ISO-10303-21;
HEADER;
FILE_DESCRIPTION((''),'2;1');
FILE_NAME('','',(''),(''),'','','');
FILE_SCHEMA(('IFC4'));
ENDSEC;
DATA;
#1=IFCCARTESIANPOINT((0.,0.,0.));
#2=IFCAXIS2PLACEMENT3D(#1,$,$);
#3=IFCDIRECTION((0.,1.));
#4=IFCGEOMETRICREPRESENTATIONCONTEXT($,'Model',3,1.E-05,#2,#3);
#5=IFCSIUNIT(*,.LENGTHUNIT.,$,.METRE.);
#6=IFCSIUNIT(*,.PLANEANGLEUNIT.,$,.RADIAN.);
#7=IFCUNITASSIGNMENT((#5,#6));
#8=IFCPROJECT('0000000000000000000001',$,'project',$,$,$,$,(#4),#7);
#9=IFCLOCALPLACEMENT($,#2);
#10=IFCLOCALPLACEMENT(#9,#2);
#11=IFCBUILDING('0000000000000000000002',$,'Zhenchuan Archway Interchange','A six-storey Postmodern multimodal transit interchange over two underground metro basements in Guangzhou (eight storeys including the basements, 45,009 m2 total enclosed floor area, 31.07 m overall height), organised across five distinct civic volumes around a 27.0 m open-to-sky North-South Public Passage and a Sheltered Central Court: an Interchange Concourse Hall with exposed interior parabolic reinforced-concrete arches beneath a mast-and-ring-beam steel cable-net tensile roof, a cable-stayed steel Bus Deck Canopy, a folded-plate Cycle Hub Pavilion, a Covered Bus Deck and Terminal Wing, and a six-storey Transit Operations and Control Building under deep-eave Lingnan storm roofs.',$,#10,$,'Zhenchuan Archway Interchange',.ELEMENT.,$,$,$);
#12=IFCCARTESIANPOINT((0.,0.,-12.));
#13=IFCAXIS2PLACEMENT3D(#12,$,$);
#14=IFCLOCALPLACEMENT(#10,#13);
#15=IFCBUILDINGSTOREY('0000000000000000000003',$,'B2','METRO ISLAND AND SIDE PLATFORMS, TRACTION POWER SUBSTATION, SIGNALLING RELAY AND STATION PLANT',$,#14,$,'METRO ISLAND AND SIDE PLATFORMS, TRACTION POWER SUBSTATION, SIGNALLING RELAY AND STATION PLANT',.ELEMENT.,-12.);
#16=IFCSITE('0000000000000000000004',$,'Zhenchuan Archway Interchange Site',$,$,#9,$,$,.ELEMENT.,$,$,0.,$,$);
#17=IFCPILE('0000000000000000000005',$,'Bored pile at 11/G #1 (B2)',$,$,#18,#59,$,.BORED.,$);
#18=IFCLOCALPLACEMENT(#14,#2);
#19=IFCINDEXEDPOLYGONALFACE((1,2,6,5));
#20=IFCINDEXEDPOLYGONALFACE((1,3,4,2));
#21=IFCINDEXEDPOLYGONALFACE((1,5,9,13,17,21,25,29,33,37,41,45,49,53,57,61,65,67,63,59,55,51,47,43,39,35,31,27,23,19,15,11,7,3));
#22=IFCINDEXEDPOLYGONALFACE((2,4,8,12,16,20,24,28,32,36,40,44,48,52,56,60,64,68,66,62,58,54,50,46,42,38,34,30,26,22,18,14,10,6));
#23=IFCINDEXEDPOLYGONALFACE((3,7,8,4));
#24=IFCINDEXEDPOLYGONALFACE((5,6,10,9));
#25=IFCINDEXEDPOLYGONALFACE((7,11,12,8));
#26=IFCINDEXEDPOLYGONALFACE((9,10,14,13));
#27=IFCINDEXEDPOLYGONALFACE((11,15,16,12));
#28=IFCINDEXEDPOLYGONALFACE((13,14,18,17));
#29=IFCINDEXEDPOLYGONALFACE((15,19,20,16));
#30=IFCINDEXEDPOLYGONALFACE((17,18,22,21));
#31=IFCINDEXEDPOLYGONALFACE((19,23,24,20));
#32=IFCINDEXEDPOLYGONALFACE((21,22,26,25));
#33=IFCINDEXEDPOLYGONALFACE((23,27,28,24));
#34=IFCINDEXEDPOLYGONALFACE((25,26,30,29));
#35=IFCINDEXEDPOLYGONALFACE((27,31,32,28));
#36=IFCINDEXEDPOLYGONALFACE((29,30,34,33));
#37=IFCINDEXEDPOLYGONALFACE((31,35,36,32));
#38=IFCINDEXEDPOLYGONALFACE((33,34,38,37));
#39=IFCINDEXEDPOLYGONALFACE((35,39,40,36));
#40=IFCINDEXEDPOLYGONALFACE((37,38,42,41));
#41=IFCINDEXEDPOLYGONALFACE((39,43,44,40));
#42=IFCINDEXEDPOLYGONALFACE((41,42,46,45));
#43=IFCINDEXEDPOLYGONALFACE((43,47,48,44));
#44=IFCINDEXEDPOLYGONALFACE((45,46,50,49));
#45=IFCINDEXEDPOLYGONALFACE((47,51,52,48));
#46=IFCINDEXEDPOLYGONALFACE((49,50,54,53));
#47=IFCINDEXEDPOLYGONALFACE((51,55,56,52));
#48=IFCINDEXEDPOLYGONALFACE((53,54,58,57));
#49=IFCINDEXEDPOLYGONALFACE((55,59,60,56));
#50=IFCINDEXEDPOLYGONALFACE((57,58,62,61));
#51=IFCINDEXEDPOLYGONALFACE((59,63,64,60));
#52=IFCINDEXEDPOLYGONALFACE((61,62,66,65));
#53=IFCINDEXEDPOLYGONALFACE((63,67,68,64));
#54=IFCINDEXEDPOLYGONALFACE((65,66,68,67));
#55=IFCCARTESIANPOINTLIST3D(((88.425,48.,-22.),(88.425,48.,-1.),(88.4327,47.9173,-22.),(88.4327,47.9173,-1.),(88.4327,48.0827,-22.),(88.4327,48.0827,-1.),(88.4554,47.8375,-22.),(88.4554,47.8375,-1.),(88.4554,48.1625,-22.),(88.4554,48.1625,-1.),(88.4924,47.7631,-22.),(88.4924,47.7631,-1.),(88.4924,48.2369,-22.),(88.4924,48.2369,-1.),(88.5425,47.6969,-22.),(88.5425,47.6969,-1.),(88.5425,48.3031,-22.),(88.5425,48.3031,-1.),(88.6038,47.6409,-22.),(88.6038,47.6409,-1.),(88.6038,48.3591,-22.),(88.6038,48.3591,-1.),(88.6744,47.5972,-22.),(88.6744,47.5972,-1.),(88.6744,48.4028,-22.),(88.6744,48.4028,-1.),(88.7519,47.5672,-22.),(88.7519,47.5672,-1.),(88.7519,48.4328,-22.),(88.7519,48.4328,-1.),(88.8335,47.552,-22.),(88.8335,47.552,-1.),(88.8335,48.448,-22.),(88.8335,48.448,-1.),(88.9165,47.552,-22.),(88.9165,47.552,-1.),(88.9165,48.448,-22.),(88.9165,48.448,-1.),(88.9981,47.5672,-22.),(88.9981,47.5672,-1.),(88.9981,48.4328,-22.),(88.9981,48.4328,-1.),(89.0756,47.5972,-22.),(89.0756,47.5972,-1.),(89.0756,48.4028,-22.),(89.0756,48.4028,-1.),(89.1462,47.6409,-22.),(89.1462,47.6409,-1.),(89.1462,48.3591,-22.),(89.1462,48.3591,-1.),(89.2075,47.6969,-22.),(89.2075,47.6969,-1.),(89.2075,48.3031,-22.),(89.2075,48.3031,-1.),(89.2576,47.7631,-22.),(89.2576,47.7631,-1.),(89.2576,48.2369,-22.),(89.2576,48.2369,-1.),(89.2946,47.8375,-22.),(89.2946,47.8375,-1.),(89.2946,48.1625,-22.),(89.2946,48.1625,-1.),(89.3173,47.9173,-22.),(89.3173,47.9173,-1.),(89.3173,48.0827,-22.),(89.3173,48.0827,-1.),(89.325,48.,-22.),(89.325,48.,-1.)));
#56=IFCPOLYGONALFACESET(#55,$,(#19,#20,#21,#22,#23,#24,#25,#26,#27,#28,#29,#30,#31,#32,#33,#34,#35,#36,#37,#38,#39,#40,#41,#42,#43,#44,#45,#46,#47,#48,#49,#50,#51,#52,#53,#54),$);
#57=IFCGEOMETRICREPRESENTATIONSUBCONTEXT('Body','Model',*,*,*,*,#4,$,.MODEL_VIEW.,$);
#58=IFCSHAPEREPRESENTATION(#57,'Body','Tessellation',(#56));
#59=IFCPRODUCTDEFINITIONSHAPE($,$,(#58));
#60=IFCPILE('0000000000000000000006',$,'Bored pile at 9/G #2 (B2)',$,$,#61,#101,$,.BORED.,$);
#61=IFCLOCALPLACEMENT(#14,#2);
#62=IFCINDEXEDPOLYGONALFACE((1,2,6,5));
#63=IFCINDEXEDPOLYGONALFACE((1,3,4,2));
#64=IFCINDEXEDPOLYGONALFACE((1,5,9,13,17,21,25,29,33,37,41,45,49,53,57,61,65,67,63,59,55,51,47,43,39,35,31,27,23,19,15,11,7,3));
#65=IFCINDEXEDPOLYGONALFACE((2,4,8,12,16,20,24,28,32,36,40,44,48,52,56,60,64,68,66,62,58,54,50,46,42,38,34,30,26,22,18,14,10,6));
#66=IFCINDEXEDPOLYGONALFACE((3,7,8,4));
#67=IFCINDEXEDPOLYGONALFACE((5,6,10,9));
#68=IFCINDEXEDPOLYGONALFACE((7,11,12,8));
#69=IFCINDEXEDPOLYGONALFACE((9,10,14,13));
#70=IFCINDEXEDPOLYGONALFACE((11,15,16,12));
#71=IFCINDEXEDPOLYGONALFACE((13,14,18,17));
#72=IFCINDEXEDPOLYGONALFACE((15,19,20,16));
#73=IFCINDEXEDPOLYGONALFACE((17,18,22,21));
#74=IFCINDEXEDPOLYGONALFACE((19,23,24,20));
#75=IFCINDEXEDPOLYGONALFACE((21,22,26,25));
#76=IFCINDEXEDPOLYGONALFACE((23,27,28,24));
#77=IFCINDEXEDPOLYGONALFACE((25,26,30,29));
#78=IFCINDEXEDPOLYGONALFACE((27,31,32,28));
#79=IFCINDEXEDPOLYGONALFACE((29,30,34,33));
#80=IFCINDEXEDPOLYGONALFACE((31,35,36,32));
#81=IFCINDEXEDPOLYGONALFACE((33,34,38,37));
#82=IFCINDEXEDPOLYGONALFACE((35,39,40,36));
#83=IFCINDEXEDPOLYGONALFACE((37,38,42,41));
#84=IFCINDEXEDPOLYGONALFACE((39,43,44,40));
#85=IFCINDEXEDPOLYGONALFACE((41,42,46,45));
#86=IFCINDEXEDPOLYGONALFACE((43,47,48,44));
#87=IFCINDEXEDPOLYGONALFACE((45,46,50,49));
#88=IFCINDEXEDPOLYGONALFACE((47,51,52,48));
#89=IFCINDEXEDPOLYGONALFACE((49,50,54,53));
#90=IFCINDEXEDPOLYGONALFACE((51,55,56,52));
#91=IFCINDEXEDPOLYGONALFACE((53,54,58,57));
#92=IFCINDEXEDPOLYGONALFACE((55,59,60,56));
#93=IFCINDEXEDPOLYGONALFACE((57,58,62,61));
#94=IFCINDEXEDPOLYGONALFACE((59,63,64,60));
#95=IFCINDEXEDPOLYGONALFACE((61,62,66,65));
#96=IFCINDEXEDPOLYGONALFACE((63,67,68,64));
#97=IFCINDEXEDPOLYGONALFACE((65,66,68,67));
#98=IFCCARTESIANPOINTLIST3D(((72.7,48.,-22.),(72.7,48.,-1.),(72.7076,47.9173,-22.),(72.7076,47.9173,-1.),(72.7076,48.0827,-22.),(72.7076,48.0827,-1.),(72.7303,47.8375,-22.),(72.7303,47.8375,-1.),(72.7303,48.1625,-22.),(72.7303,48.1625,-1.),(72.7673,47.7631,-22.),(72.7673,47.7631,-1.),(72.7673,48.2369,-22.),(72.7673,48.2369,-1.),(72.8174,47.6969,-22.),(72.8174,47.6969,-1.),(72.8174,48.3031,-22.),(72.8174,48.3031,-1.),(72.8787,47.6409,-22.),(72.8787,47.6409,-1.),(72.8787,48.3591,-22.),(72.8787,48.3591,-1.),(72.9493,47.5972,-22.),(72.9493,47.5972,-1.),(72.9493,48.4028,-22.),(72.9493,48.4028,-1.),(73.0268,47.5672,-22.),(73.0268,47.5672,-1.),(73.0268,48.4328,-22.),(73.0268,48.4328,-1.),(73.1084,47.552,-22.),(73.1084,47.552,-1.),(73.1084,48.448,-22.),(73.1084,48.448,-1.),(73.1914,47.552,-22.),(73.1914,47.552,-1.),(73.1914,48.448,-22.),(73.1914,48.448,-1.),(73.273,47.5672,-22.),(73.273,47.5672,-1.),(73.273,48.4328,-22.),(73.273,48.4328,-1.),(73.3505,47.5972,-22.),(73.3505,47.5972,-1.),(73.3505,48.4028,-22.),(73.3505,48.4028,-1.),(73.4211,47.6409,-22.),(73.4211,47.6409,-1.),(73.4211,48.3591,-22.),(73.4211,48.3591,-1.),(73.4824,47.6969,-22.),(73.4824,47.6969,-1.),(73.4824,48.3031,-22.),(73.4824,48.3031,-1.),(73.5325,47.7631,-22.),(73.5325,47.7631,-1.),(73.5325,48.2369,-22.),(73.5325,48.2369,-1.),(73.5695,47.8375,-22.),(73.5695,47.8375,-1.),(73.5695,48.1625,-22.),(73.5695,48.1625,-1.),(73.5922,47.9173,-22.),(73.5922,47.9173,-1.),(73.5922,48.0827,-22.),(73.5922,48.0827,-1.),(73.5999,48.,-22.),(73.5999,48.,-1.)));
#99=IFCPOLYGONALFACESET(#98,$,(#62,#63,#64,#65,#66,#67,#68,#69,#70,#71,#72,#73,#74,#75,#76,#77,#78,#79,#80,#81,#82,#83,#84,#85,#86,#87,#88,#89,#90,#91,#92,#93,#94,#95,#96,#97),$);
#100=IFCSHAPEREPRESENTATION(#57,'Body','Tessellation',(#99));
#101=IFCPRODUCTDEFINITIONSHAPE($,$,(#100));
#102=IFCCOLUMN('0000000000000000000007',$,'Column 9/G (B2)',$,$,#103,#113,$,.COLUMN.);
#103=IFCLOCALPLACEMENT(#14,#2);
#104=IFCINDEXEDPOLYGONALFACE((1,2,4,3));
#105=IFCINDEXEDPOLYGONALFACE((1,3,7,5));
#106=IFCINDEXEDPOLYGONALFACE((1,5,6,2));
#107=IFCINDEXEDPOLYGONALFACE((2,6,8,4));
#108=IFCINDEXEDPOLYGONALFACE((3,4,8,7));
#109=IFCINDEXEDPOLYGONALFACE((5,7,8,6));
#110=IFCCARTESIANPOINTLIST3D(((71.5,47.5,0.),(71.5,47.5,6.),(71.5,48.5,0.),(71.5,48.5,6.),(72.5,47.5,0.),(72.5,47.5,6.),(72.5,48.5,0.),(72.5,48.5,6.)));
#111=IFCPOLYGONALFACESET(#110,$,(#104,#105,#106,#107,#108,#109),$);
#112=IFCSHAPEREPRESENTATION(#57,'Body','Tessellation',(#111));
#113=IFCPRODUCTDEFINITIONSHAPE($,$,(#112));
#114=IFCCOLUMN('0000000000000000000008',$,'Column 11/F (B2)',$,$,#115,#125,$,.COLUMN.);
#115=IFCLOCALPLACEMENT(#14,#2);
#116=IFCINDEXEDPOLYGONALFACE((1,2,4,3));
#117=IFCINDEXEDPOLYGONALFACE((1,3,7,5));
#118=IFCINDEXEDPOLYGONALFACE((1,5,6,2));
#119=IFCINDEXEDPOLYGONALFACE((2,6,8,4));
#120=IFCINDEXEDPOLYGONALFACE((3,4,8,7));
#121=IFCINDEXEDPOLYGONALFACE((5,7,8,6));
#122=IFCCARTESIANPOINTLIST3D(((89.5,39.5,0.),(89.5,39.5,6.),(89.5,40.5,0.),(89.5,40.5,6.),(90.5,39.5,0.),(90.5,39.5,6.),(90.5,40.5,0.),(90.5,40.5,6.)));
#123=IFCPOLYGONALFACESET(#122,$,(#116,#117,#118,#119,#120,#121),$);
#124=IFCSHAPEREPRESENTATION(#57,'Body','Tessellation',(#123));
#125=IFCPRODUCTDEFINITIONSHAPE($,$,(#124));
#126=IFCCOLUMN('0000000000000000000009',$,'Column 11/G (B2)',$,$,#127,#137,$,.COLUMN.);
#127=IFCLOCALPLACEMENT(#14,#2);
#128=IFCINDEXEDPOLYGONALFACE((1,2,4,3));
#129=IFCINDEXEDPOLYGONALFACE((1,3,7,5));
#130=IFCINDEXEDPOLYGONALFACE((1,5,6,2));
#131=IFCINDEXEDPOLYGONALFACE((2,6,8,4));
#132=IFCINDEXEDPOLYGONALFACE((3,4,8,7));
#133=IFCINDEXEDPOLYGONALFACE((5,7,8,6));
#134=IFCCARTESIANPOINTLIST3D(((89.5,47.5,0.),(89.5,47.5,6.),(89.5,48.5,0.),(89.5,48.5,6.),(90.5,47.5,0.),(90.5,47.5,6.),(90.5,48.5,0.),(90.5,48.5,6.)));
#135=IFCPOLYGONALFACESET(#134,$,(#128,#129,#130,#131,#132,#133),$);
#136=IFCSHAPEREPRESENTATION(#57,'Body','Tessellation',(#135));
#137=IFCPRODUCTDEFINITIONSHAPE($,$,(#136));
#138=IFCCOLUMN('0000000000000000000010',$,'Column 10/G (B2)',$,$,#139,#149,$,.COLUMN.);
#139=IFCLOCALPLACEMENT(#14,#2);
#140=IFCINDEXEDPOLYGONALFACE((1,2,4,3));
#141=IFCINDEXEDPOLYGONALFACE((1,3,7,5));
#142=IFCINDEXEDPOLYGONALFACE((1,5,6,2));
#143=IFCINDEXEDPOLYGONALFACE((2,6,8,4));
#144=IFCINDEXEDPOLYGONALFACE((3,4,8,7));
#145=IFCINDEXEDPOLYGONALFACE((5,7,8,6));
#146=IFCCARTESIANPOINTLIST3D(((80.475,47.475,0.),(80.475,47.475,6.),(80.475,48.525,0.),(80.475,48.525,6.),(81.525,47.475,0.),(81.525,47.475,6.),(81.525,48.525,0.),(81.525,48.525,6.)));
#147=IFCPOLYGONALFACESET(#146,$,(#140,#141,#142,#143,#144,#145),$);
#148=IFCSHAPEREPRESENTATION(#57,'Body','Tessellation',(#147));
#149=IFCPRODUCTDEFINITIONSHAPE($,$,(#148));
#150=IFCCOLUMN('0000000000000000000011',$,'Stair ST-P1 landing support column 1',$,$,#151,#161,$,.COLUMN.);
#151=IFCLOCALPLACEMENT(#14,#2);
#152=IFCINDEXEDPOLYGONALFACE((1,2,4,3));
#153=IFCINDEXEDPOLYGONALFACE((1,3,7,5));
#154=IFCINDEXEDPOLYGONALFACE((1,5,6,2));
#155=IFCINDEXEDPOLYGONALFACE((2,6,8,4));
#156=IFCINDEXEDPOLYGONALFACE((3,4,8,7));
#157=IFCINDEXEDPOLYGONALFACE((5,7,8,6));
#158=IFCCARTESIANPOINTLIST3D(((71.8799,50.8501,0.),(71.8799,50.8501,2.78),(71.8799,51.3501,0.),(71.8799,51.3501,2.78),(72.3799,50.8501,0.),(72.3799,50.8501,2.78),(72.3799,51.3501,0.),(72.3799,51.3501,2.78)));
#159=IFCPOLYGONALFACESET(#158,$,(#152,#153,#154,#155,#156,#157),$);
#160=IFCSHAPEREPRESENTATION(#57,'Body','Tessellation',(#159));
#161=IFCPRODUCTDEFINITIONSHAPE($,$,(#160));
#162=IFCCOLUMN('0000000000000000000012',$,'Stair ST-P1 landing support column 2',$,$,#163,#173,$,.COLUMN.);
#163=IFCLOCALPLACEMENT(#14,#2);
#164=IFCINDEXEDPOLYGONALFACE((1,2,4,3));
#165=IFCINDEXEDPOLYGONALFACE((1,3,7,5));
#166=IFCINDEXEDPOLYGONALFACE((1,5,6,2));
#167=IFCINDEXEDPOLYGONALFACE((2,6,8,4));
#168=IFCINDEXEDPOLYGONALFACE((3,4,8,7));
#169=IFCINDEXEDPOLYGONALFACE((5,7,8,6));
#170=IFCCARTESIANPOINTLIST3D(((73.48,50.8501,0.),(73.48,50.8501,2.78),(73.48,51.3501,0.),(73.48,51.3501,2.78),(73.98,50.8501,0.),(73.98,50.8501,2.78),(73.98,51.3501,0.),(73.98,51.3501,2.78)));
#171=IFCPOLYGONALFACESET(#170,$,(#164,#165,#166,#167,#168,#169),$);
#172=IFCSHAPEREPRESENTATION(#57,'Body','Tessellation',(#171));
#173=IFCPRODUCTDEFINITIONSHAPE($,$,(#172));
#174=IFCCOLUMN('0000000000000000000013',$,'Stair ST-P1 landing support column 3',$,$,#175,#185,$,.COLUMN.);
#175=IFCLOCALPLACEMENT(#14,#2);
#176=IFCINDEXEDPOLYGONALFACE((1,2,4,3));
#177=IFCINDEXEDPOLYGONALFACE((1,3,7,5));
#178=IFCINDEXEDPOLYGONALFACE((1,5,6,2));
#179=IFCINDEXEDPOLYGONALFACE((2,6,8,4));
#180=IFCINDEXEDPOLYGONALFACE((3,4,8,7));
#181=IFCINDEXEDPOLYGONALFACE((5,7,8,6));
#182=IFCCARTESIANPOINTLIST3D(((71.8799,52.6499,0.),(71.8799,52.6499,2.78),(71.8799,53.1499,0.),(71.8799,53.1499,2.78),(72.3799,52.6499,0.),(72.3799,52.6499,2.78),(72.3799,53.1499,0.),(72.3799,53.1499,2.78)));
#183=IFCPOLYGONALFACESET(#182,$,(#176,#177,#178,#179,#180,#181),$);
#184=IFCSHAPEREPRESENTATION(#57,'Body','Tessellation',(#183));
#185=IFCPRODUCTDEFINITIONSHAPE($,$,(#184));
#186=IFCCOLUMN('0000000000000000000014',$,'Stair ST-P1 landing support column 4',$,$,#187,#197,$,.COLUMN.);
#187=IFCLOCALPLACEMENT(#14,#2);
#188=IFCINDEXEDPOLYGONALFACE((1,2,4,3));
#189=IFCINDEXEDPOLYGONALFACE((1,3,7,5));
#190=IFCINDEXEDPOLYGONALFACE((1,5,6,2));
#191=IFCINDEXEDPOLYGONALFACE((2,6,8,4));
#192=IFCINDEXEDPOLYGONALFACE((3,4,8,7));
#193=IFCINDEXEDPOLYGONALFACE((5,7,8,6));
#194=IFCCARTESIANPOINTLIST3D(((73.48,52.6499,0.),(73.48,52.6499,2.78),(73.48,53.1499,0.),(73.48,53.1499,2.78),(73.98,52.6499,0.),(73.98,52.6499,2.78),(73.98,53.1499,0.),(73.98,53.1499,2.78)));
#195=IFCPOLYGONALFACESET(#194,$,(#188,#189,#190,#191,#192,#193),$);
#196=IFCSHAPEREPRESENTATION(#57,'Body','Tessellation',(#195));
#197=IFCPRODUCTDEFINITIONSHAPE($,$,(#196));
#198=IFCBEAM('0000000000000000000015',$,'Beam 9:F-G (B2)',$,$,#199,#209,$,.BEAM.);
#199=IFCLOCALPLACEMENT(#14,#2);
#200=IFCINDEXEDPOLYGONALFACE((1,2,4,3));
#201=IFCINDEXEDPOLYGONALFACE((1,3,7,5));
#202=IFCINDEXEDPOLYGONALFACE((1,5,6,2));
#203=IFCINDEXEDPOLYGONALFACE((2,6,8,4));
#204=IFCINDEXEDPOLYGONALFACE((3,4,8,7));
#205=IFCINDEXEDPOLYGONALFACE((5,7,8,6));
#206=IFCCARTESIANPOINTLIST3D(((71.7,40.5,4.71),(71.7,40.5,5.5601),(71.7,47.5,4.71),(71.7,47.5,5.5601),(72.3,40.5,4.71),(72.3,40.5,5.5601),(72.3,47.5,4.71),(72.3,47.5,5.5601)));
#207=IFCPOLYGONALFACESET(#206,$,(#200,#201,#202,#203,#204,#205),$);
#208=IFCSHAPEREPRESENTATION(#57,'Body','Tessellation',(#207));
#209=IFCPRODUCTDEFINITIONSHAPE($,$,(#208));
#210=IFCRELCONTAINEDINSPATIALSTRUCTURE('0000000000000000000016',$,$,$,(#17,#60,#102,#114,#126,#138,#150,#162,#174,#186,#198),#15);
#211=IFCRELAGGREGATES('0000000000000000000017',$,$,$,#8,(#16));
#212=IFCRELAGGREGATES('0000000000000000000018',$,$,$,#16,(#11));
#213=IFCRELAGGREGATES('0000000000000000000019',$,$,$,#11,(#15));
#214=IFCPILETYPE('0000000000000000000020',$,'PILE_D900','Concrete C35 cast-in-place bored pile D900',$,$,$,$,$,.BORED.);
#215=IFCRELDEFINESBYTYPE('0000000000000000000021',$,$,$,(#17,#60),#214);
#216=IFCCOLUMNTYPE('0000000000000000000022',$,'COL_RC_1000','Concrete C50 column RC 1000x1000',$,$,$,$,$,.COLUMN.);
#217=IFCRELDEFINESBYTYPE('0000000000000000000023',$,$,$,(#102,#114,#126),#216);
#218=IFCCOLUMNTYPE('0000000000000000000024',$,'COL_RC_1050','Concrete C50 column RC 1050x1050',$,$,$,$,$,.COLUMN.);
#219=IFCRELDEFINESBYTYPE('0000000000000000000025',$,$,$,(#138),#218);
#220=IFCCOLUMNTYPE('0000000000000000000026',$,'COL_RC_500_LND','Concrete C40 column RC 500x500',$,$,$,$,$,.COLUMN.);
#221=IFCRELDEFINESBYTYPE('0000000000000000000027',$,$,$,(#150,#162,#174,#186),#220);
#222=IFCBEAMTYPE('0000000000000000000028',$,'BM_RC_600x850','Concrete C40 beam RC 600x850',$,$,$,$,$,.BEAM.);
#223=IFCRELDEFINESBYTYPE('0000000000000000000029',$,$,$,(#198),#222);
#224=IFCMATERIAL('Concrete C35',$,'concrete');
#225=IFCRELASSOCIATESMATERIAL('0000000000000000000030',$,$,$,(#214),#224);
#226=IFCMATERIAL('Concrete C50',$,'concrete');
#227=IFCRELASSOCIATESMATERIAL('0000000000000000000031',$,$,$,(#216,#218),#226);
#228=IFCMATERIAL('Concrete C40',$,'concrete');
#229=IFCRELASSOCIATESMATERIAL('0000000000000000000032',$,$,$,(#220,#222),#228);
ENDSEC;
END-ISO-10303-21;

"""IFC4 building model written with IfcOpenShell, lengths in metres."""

from ifc_helpers import new_model, si_unit, direction, frame, origin, origin_2d, place, context, subcontext, project, spatial, rectangle, circle, extrude, material, material_profile, profile_set, type_object, element, save


model = new_model("IFC4")

# Units and contexts
model_context = context("Model", 3, precision=1e-05, world=origin(), true_north=direction((0.0, 1.0)))
body_context = subcontext(model_context, "Body", "Model", "MODEL_VIEW")
ifc_project = project(units=[si_unit("LENGTHUNIT", "METRE"), si_unit("PLANEANGLEUNIT", "RADIAN")], contexts=[model_context])

# Site, building, storey
site_placement = place(None, origin())
site = spatial("IfcSite", under=ifc_project, at=site_placement, Name="Zhenchuan Archway Interchange Site", CompositionType="ELEMENT", RefElevation=0.0)
building_placement = place(site_placement, origin())
building = spatial("IfcBuilding", under=site, at=building_placement, Name="Zhenchuan Archway Interchange", Description="A six-storey Postmodern multimodal transit interchange over two underground metro basements in Guangzhou (eight storeys including the basements, 45,009 m2 total enclosed floor area, 31.07 m overall height), organised across five distinct civic volumes around a 27.0 m open-to-sky North-South Public Passage and a Sheltered Central Court: an Interchange Concourse Hall with exposed interior parabolic reinforced-concrete arches beneath a mast-and-ring-beam steel cable-net tensile roof, a cable-stayed steel Bus Deck Canopy, a folded-plate Cycle Hub Pavilion, a Covered Bus Deck and Terminal Wing, and a six-storey Transit Operations and Control Building under deep-eave Lingnan storm roofs.", LongName="Zhenchuan Archway Interchange", CompositionType="ELEMENT")
storey_placement = place(building_placement, frame((0.0, 0.0, -12.0)))
storey = spatial("IfcBuildingStorey", under=building, at=storey_placement, Name="B2", Description="METRO ISLAND AND SIDE PLATFORMS, TRACTION POWER SUBSTATION, SIGNALLING RELAY AND STATION PLANT", LongName="METRO ISLAND AND SIDE PLATFORMS, TRACTION POWER SUBSTATION, SIGNALLING RELAY AND STATION PLANT", CompositionType="ELEMENT", Elevation=-12.0)

# Shared definitions
ifc_material_1 = material(Name="Concrete C40", Category="concrete")

# Piles
ifc_material_2 = material(Name="Concrete C35", Category="concrete")
ifc_material_profile_1 = material_profile(ifc_material_2, circle(Radius=0.45, at=origin_2d()), Name="BORED PILE 900")
ifc_profile_set_1 = profile_set([ifc_material_profile_1], Name="Concrete C35")
pile_type_1 = type_object("IfcPileType", Name="PILE_D900", Description="Concrete C35 cast-in-place bored pile D900", PredefinedType="BORED", material=ifc_profile_set_1)
for number, where, z_axis, x_axis, name in (
    (1, (88.875, 48.0, -1.0), (0.0, 0.0, -1.0), (1.0, 0.0, 0.0), "Bored pile at 11/G #1 (B2)"),
    (2, (73.1499, 48.0, -1.0), (0.0, 0.0, -1.0), (1.0, 0.0, 0.0), "Bored pile at 9/G #2 (B2)"),
):
    element("IfcPile", number, at=place(storey_placement, frame(where, z_axis=z_axis, x_axis=x_axis)), inside=storey, type_object=pile_type_1, Name=name, PredefinedType="BORED", context=body_context, shape_type="SweptSolid", body=[
        extrude(circle(Radius=0.45, at=origin_2d()), origin(), (0.0, 0.0, 1.0), 21.0),
    ])

# Columns
ifc_material_3 = material(Name="Concrete C50", Category="concrete")
ifc_material_profile_2 = material_profile(ifc_material_3, rectangle(XDim=1.0, YDim=1.0, at=origin_2d()), Name="RC 1000x1000")
ifc_profile_set_2 = profile_set([ifc_material_profile_2], Name="Concrete C50")
column_type_1 = type_object("IfcColumnType", Name="COL_RC_1000", Description="Concrete C50 column RC 1000x1000", PredefinedType="COLUMN", material=ifc_profile_set_2)
for number, where, z_axis, x_axis, name in (
    (3, (72.0, 48.0, 0.0), (0.0, 0.0, 1.0), (1.0, 0.0, 0.0), "Column 9/G (B2)"),
    (4, (90.0, 40.0, 0.0), (0.0, 0.0, 1.0), (1.0, 0.0, 0.0), "Column 11/F (B2)"),
    (5, (90.0, 48.0, 0.0), (0.0, 0.0, 1.0), (1.0, 0.0, 0.0), "Column 11/G (B2)"),
):
    element("IfcColumn", number, at=place(storey_placement, frame(where, z_axis=z_axis, x_axis=x_axis)), inside=storey, type_object=column_type_1, Name=name, PredefinedType="COLUMN", context=body_context, shape_type="SweptSolid", body=[
        extrude(rectangle(XDim=1.0, YDim=1.0, at=origin_2d()), origin(), (0.0, 0.0, 1.0), 6.0),
    ])
ifc_material_profile_3 = material_profile(ifc_material_3, rectangle(XDim=1.05, YDim=1.05, at=origin_2d()), Name="RC 1050x1050")
ifc_profile_set_3 = profile_set([ifc_material_profile_3], Name="Concrete C50")
column_type_2 = type_object("IfcColumnType", Name="COL_RC_1050", Description="Concrete C50 column RC 1050x1050", PredefinedType="COLUMN", material=ifc_profile_set_3)
column_placement = place(storey_placement, frame((81.0, 48.0, 0.0), z_axis=(0.0, 0.0, 1.0), x_axis=(1.0, 0.0, 0.0)))
element("IfcColumn", 6, at=column_placement, inside=storey, type_object=column_type_2, Name="Column 10/G (B2)", PredefinedType="COLUMN", context=body_context, shape_type="SweptSolid", body=[
    extrude(rectangle(XDim=1.05, YDim=1.05, at=origin_2d()), origin(), (0.0, 0.0, 1.0), 6.0),
])
ifc_material_profile_4 = material_profile(ifc_material_1, rectangle(XDim=0.5, YDim=0.5, at=origin_2d()), Name="RC 500x500")
ifc_profile_set_4 = profile_set([ifc_material_profile_4], Name="Concrete C40")
column_type_3 = type_object("IfcColumnType", Name="COL_RC_500_LND", Description="Concrete C40 column RC 500x500", PredefinedType="COLUMN", material=ifc_profile_set_4)
for number, where, z_axis, x_axis, name in (
    (7, (72.1299, 51.1001, 0.0), (0.0, 0.0, 1.0), (1.0, 0.0, 0.0), "Stair ST-P1 landing support column 1"),
    (8, (73.73, 51.1001, 0.0), (0.0, 0.0, 1.0), (1.0, 0.0, 0.0), "Stair ST-P1 landing support column 2"),
    (9, (72.1299, 52.8999, 0.0), (0.0, 0.0, 1.0), (1.0, 0.0, 0.0), "Stair ST-P1 landing support column 3"),
    (10, (73.73, 52.8999, 0.0), (0.0, 0.0, 1.0), (1.0, 0.0, 0.0), "Stair ST-P1 landing support column 4"),
):
    element("IfcColumn", number, at=place(storey_placement, frame(where, z_axis=z_axis, x_axis=x_axis)), inside=storey, type_object=column_type_3, Name=name, PredefinedType="COLUMN", context=body_context, shape_type="SweptSolid", body=[
        extrude(rectangle(XDim=0.5, YDim=0.5, at=origin_2d()), origin(), (0.0, 0.0, 1.0), 2.78),
    ])

# Beam
ifc_material_profile_5 = material_profile(ifc_material_1, rectangle(XDim=0.6001, YDim=0.8501, at=origin_2d()), Name="RC 600x850")
ifc_profile_set_5 = profile_set([ifc_material_profile_5], Name="Concrete C40")
beam_type_1 = type_object("IfcBeamType", Name="BM_RC_600x850", Description="Concrete C40 beam RC 600x850", PredefinedType="BEAM", material=ifc_profile_set_5)
beam_placement = place(storey_placement, frame((72.0, 40.5, 5.135), z_axis=(0.0, 1.0, 0.0), x_axis=(-1.0, 0.0, 0.0)))
element("IfcBeam", 11, at=beam_placement, inside=storey, type_object=beam_type_1, Name="Beam 9:F-G (B2)", PredefinedType="BEAM", context=body_context, shape_type="SweptSolid", body=[
    extrude(rectangle(XDim=0.6001, YDim=0.8501, at=origin_2d()), origin(), (0.0, 0.0, 1.0), 7.0),
])

save(model, "model.ifc")
